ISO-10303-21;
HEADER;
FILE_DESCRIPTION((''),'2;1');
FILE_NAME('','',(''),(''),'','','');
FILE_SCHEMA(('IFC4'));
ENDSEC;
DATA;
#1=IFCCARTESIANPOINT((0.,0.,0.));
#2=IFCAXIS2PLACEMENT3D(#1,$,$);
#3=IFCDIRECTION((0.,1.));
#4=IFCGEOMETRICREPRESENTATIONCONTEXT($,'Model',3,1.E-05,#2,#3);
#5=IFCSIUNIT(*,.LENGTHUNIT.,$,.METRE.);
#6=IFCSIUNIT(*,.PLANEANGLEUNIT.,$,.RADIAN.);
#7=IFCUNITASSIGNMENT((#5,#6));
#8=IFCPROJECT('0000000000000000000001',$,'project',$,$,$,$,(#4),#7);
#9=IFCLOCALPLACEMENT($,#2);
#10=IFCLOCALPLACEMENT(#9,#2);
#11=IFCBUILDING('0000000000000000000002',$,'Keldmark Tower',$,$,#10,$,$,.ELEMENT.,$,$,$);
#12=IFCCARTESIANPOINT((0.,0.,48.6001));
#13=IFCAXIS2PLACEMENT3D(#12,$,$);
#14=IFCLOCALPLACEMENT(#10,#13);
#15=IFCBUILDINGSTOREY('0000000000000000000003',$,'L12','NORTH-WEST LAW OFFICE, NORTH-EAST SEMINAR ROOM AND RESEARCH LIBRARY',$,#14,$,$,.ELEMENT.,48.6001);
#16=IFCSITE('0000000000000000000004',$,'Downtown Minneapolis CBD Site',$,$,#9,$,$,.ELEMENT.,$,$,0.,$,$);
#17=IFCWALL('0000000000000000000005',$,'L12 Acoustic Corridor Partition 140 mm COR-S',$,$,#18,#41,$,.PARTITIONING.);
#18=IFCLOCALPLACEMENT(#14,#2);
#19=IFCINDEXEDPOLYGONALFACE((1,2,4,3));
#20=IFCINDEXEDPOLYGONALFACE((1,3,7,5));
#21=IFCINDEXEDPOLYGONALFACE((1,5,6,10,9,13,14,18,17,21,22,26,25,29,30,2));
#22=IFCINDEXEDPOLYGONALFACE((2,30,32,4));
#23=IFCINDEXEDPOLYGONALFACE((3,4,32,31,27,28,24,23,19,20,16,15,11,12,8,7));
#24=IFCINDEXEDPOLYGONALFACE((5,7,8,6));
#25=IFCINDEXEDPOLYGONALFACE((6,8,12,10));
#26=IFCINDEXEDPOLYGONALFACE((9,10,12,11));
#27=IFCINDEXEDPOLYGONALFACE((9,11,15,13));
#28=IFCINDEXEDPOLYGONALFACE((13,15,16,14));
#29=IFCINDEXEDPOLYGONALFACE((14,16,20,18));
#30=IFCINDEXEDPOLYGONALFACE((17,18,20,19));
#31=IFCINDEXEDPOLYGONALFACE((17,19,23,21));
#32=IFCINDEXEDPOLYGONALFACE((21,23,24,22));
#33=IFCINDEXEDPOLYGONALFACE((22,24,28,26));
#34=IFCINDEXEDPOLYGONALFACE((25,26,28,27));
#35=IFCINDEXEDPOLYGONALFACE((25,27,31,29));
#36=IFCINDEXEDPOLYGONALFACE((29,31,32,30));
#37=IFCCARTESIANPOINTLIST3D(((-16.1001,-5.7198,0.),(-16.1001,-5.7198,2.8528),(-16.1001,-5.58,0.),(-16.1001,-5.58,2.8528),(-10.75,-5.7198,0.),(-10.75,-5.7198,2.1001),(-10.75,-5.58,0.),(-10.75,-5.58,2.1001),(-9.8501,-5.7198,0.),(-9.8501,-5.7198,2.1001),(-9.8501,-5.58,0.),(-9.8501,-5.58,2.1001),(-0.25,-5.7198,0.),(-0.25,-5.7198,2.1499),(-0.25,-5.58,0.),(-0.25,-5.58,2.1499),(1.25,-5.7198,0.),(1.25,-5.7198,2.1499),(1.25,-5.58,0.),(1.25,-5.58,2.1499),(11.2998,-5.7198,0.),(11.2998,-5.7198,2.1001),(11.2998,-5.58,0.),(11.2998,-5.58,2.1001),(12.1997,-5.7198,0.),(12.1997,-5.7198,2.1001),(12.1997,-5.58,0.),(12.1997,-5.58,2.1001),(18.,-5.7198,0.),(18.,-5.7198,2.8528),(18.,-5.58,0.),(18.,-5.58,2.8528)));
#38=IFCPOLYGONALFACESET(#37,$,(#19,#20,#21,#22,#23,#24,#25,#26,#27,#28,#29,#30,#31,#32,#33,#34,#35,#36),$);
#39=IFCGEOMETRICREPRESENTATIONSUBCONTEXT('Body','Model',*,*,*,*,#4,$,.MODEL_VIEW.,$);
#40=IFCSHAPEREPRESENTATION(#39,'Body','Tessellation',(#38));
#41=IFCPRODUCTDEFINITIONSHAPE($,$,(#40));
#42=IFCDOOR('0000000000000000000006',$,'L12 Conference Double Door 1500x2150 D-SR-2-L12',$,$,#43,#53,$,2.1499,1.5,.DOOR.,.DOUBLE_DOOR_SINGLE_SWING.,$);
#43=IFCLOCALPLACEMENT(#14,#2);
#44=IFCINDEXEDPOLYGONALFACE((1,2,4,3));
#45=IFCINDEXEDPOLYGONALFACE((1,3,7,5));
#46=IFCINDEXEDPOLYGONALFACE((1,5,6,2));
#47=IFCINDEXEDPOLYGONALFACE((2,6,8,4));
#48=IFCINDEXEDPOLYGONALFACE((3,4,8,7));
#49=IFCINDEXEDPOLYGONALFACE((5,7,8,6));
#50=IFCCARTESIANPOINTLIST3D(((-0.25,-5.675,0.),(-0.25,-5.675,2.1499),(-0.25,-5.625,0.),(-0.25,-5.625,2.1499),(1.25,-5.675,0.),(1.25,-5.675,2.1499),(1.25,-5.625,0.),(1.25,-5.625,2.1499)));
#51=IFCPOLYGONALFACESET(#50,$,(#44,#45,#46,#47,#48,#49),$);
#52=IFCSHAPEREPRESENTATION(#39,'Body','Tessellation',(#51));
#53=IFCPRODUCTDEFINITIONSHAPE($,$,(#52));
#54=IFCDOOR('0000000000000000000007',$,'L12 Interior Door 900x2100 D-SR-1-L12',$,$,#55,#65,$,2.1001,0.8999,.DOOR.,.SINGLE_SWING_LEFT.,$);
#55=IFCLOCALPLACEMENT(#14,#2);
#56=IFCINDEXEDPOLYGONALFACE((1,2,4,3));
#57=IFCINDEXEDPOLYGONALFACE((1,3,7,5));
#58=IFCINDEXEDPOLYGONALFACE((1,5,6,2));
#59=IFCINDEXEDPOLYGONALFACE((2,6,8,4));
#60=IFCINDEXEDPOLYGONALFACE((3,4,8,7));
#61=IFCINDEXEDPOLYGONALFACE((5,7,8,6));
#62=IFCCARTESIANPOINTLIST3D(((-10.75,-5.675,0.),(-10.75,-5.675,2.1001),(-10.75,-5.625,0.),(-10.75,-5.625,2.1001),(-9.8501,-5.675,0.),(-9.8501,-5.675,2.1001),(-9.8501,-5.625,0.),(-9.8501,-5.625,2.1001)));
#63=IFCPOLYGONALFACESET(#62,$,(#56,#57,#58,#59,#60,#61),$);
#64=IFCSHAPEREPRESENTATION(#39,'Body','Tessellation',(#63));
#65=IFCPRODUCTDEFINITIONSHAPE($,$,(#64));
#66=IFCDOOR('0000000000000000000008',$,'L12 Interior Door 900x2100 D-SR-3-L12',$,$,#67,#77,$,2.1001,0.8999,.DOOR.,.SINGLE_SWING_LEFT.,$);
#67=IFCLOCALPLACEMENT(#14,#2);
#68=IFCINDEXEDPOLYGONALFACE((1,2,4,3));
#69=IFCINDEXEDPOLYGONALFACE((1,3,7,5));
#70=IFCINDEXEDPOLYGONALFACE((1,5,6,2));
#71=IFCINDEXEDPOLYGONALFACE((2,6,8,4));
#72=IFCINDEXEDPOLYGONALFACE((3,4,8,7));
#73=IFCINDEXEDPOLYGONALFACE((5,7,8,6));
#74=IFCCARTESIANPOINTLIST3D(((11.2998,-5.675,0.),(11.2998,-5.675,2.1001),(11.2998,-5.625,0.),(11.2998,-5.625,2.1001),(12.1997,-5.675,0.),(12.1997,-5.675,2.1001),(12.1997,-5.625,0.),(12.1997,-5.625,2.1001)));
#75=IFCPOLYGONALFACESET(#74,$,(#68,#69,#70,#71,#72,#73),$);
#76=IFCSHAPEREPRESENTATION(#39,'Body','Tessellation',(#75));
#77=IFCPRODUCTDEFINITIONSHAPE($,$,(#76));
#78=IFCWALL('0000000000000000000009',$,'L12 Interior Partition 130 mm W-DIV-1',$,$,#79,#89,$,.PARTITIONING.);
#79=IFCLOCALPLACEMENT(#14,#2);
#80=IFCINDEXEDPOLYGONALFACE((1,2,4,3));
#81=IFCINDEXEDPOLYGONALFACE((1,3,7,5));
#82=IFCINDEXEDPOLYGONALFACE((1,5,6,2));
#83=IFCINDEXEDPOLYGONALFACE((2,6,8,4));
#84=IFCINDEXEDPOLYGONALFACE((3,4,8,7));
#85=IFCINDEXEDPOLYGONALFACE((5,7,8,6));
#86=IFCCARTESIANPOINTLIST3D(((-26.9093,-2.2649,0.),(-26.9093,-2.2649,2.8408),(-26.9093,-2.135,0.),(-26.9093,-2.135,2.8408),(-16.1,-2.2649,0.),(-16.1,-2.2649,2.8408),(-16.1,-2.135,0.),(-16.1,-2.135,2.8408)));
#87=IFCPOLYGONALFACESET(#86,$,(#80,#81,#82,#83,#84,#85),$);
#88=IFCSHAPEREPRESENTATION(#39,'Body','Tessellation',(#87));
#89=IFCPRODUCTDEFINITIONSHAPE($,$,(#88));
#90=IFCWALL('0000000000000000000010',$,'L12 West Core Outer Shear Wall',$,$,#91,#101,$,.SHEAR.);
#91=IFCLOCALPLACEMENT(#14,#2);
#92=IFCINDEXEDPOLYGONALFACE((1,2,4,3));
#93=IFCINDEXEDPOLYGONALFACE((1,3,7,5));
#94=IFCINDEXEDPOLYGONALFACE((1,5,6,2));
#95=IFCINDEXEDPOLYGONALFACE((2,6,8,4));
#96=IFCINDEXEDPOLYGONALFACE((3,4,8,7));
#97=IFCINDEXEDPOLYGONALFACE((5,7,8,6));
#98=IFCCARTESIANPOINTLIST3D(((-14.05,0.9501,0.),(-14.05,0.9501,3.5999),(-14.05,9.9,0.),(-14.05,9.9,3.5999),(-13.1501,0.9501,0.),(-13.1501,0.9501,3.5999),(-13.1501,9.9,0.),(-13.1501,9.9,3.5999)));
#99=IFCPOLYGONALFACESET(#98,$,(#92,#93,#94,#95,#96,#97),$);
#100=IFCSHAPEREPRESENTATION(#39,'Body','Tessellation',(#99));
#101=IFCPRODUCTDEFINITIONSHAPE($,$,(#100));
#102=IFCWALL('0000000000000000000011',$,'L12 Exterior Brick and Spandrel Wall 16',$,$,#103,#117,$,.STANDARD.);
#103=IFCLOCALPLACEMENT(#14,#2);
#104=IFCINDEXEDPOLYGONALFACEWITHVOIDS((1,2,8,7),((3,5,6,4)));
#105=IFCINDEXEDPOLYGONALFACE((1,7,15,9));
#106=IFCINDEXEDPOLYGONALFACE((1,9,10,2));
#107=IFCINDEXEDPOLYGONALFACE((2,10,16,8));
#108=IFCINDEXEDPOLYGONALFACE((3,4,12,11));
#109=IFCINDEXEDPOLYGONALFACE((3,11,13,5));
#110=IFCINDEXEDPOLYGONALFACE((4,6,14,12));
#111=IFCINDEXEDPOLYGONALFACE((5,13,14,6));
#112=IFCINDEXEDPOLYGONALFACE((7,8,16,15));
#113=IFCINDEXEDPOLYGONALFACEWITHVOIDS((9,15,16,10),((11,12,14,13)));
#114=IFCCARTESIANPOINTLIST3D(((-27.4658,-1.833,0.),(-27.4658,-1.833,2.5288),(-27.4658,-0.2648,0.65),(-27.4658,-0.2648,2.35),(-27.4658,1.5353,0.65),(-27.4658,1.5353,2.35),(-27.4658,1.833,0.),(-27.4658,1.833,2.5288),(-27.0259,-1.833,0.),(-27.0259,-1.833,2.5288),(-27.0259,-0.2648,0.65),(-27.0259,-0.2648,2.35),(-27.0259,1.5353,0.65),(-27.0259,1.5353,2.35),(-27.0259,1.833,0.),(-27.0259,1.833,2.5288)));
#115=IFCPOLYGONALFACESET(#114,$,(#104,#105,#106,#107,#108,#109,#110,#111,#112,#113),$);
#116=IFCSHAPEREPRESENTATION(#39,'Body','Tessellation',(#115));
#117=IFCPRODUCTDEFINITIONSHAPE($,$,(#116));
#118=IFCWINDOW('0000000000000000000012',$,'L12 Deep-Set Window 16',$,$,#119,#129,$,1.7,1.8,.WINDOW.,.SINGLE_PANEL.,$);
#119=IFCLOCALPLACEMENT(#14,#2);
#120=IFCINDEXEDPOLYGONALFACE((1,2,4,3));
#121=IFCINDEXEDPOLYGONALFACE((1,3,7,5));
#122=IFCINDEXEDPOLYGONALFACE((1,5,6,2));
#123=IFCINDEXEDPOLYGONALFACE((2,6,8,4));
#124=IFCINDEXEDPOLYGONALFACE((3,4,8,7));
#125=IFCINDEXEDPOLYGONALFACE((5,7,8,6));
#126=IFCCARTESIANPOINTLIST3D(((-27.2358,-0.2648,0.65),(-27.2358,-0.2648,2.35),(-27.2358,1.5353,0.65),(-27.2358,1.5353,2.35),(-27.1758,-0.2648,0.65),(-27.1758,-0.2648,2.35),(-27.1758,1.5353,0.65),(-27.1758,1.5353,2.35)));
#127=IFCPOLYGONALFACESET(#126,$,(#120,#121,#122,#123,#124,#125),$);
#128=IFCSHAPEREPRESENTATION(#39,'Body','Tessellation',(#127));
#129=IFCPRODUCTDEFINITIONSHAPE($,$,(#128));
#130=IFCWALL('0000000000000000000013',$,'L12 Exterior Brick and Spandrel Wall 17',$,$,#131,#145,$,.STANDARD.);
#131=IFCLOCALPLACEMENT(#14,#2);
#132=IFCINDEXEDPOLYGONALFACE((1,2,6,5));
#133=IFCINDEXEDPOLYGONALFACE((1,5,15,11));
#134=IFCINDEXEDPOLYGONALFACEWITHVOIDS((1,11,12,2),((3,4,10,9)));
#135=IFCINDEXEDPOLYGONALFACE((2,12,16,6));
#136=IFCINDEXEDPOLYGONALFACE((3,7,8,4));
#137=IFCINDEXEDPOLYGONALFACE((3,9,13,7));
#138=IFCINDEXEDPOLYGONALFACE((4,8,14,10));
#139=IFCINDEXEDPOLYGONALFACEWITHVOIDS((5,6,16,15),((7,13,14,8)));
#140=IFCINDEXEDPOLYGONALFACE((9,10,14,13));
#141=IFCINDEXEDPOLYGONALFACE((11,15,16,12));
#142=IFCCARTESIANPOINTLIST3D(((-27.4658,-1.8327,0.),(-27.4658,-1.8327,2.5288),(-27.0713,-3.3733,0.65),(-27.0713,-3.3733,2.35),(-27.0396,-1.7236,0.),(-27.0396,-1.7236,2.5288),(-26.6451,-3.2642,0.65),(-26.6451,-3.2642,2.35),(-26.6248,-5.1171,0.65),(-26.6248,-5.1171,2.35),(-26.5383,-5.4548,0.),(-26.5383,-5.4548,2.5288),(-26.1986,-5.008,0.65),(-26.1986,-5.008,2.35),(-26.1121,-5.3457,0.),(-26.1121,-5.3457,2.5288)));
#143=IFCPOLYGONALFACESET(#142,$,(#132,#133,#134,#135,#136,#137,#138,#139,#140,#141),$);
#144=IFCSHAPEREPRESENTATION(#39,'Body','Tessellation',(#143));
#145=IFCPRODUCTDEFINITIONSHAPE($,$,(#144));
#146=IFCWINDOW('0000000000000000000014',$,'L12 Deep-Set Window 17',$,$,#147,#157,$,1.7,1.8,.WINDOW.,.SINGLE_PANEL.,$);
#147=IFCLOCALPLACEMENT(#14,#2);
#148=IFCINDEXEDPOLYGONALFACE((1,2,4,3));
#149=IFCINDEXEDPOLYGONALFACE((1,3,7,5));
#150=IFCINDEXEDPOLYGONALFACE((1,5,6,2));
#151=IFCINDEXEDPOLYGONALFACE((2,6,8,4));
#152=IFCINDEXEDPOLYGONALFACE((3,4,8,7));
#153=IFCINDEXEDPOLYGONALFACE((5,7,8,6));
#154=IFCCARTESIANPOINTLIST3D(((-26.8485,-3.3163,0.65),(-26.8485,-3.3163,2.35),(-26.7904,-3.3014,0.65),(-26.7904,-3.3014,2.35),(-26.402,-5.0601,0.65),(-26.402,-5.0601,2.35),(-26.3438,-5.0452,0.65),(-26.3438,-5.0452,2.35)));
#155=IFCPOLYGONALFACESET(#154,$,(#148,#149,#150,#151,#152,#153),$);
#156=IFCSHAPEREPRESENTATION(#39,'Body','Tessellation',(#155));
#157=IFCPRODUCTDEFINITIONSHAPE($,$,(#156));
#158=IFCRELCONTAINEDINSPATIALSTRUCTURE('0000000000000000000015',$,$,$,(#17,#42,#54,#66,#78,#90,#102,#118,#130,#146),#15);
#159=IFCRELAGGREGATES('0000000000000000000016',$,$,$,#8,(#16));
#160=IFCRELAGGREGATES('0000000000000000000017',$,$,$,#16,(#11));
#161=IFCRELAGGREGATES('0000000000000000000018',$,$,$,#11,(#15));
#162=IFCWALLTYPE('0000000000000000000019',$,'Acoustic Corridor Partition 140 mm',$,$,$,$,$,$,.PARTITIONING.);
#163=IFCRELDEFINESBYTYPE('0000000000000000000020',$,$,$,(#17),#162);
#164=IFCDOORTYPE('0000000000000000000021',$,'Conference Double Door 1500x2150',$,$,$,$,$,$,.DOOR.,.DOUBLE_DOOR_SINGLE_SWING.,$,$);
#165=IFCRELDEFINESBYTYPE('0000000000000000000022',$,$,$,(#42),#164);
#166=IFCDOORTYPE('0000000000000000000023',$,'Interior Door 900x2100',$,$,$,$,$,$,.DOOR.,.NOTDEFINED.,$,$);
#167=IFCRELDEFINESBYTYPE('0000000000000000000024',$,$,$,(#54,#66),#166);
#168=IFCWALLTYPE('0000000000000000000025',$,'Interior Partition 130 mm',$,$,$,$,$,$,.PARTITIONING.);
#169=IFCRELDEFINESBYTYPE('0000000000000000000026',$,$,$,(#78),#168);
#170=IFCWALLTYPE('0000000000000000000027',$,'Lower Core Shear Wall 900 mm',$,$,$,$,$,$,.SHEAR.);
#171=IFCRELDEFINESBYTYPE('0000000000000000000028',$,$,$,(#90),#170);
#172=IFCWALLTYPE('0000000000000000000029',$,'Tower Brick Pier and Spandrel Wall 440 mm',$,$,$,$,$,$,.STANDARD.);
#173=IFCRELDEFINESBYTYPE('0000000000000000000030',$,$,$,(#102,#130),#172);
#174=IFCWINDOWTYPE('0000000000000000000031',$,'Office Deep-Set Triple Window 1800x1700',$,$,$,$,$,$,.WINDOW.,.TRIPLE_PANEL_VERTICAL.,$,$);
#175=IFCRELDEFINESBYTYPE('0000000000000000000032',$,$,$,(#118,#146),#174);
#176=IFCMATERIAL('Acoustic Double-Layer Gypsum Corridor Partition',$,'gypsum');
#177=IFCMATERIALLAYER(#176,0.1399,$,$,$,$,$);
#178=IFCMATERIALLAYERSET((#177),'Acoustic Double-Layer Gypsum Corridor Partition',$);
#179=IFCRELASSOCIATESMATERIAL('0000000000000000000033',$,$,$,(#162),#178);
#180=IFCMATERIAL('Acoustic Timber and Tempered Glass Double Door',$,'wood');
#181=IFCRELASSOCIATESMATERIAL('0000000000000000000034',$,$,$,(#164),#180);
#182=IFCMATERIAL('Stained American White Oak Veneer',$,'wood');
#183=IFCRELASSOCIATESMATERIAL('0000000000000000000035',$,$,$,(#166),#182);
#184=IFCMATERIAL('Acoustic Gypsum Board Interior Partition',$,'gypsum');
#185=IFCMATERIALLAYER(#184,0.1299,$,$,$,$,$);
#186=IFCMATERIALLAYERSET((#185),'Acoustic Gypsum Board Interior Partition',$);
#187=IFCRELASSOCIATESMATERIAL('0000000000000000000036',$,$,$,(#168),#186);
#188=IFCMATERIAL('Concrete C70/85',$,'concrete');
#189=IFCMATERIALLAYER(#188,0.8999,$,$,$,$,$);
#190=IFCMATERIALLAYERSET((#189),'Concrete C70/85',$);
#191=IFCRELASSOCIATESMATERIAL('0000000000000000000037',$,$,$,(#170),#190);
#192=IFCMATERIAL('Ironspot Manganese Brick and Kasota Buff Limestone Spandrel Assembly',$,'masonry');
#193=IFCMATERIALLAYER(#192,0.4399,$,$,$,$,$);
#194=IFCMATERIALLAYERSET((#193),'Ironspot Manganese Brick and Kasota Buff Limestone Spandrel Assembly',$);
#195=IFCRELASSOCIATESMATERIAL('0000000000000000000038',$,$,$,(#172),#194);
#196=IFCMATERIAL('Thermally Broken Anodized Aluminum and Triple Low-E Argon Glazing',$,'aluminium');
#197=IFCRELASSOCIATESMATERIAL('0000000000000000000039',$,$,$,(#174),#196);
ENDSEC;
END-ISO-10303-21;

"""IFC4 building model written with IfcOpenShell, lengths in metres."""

from ifc_helpers import new_model, si_unit, direction, frame, frame_2d, origin, place, context, subcontext, project, spatial, rectangle, extrude, material, layer, layer_set, type_object, element, fill, save


model = new_model("IFC4")

# Units and contexts
model_context = context("Model", 3, precision=1e-05, world=origin(), true_north=direction((0.0, 1.0)))
body_context = subcontext(model_context, "Body", "Model", "MODEL_VIEW")
ifc_project = project(units=[si_unit("LENGTHUNIT", "METRE"), si_unit("PLANEANGLEUNIT", "RADIAN")], contexts=[model_context])

# Site, building, storey
site_placement = place(None, origin())
site = spatial("IfcSite", under=ifc_project, at=site_placement, Name="Downtown Minneapolis CBD Site", CompositionType="ELEMENT", RefElevation=0.0)
building_placement = place(site_placement, origin())
building = spatial("IfcBuilding", under=site, at=building_placement, Name="Keldmark Tower", CompositionType="ELEMENT")
storey_placement = place(building_placement, frame((0.0, 0.0, 48.6001)))
storey = spatial("IfcBuildingStorey", under=building, at=storey_placement, Name="L12", Description="NORTH-WEST LAW OFFICE, NORTH-EAST SEMINAR ROOM AND RESEARCH LIBRARY", CompositionType="ELEMENT", Elevation=48.6001)

# Wall, openings, doors
ifc_material_1 = material(Name="Acoustic Double-Layer Gypsum Corridor Partition", Category="gypsum")
ifc_layer_1 = layer(ifc_material_1, 0.1399)
ifc_layer_set_1 = layer_set([ifc_layer_1], Name="Acoustic Double-Layer Gypsum Corridor Partition")
wall_type_1 = type_object("IfcWallType", Name="Acoustic Corridor Partition 140 mm", PredefinedType="PARTITIONING", material=ifc_layer_set_1)
wall_1_placement = place(storey_placement, frame((-16.1001, -5.6499, 0.0), z_axis=(0.0, 0.0, 1.0), x_axis=(1.0, 0.0, 0.0)))
wall_1 = element("IfcWall", 1, at=wall_1_placement, inside=storey, type_object=wall_type_1, Name="L12 Acoustic Corridor Partition 140 mm COR-S", PredefinedType="PARTITIONING", context=body_context, shape_type="SweptSolid", body=[
    extrude(rectangle(XDim=34.1001, YDim=0.1399, at=frame_2d((17.05, 0.0))), origin(), (0.0, 0.0, 1.0), 2.8528),
])
opening_1_placement = place(wall_1_placement, frame((5.3501, 0.0, 0.0)))
opening_1 = element("IfcOpeningElement", 2, at=opening_1_placement, cuts=wall_1, PredefinedType="OPENING", context=body_context, shape_type="SweptSolid", body=[
    extrude(rectangle(XDim=0.8999, YDim=2.1001, at=frame_2d((0.45, 1.05))), frame((0.0, 0.0798, 0.0), z_axis=(0.0, -1.0, 0.0), x_axis=(1.0, 0.0, 0.0)), (0.0, 0.0, 1.0), 0.1599),
])
opening_2_placement = place(wall_1_placement, frame((15.8501, 0.0, 0.0)))
opening_2 = element("IfcOpeningElement", 3, at=opening_2_placement, cuts=wall_1, PredefinedType="OPENING", context=body_context, shape_type="SweptSolid", body=[
    extrude(rectangle(XDim=1.5, YDim=2.1499, at=frame_2d((0.75, 1.075))), frame((0.0, 0.0798, 0.0), z_axis=(0.0, -1.0, 0.0), x_axis=(1.0, 0.0, 0.0)), (0.0, 0.0, 1.0), 0.1599),
])
opening_3_placement = place(wall_1_placement, frame((27.3999, 0.0, 0.0)))
opening_3 = element("IfcOpeningElement", 4, at=opening_3_placement, cuts=wall_1, PredefinedType="OPENING", context=body_context, shape_type="SweptSolid", body=[
    extrude(rectangle(XDim=0.8999, YDim=2.1001, at=frame_2d((0.45, 1.05))), frame((0.0, 0.0798, 0.0), z_axis=(0.0, -1.0, 0.0), x_axis=(1.0, 0.0, 0.0)), (0.0, 0.0, 1.0), 0.1599),
])
ifc_material_2 = material(Name="Acoustic Timber and Tempered Glass Double Door", Category="wood")
door_type_1 = type_object("IfcDoorType", Name="Conference Double Door 1500x2150", OperationType="DOUBLE_DOOR_SINGLE_SWING", PredefinedType="DOOR", material=ifc_material_2)
door_1_placement = place(opening_2_placement, origin())
door_1 = element("IfcDoor", 5, at=door_1_placement, inside=storey, type_object=door_type_1, Name="L12 Conference Double Door 1500x2150 D-SR-2-L12", OperationType="DOUBLE_DOOR_SINGLE_SWING", OverallHeight=2.1499, OverallWidth=1.5, PredefinedType="DOOR", context=body_context, shape_type="SweptSolid", body=[
    extrude(rectangle(XDim=1.5, YDim=2.1499, at=frame_2d((0.75, 1.075))), frame((0.0, 0.0249, 0.0), z_axis=(0.0, -1.0, 0.0), x_axis=(1.0, 0.0, 0.0)), (0.0, 0.0, 1.0), 0.05),
])
fill(opening_2, door_1)
ifc_material_3 = material(Name="Stained American White Oak Veneer", Category="wood")
door_type_2 = type_object("IfcDoorType", Name="Interior Door 900x2100", OperationType="NOTDEFINED", PredefinedType="DOOR", material=ifc_material_3)
door_2_placement = place(opening_1_placement, origin())
door_2 = element("IfcDoor", 6, at=door_2_placement, inside=storey, type_object=door_type_2, Name="L12 Interior Door 900x2100 D-SR-1-L12", OperationType="SINGLE_SWING_LEFT", OverallHeight=2.1001, OverallWidth=0.8999, PredefinedType="DOOR", context=body_context, shape_type="SweptSolid", body=[
    extrude(rectangle(XDim=0.8999, YDim=2.1001, at=frame_2d((0.45, 1.05))), frame((0.0, 0.0249, 0.0), z_axis=(0.0, -1.0, 0.0), x_axis=(1.0, 0.0, 0.0)), (0.0, 0.0, 1.0), 0.05),
])
fill(opening_1, door_2)
door_3_placement = place(opening_3_placement, origin())
door_3 = element("IfcDoor", 7, at=door_3_placement, inside=storey, type_object=door_type_2, Name="L12 Interior Door 900x2100 D-SR-3-L12", OperationType="SINGLE_SWING_LEFT", OverallHeight=2.1001, OverallWidth=0.8999, PredefinedType="DOOR", context=body_context, shape_type="SweptSolid", body=[
    extrude(rectangle(XDim=0.8999, YDim=2.1001, at=frame_2d((0.45, 1.05))), frame((0.0, 0.0249, 0.0), z_axis=(0.0, -1.0, 0.0), x_axis=(1.0, 0.0, 0.0)), (0.0, 0.0, 1.0), 0.05),
])
fill(opening_3, door_3)

# Walls
ifc_material_4 = material(Name="Acoustic Gypsum Board Interior Partition", Category="gypsum")
ifc_layer_2 = layer(ifc_material_4, 0.1299)
ifc_layer_set_2 = layer_set([ifc_layer_2], Name="Acoustic Gypsum Board Interior Partition")
wall_type_2 = type_object("IfcWallType", Name="Interior Partition 130 mm", PredefinedType="PARTITIONING", material=ifc_layer_set_2)
wall_2_placement = place(storey_placement, frame((-26.9094, -2.2, 0.0), z_axis=(0.0, 0.0, 1.0), x_axis=(1.0, 0.0, 0.0)))
element("IfcWall", 8, at=wall_2_placement, inside=storey, type_object=wall_type_2, Name="L12 Interior Partition 130 mm W-DIV-1", PredefinedType="PARTITIONING", context=body_context, shape_type="SweptSolid", body=[
    extrude(rectangle(XDim=10.8093, YDim=0.1299, at=frame_2d((5.4048, 0.0))), origin(), (0.0, 0.0, 1.0), 2.8408),
])
ifc_material_5 = material(Name="Concrete C70/85", Category="concrete")
ifc_layer_3 = layer(ifc_material_5, 0.8999)
ifc_layer_set_3 = layer_set([ifc_layer_3], Name="Concrete C70/85")
wall_type_3 = type_object("IfcWallType", Name="Lower Core Shear Wall 900 mm", PredefinedType="SHEAR", material=ifc_layer_set_3)
wall_3_placement = place(storey_placement, frame((-13.6001, 0.95, 0.0), z_axis=(0.0, 0.0, 1.0), x_axis=(0.0, 1.0, 0.0)))
element("IfcWall", 9, at=wall_3_placement, inside=storey, type_object=wall_type_3, Name="L12 West Core Outer Shear Wall", PredefinedType="SHEAR", context=body_context, shape_type="SweptSolid", body=[
    extrude(rectangle(XDim=8.95, YDim=0.8999, at=frame_2d((4.4751, 0.0))), origin(), (0.0, 0.0, 1.0), 3.5999),
])

# Walls, openings, windows
ifc_material_6 = material(Name="Ironspot Manganese Brick and Kasota Buff Limestone Spandrel Assembly", Category="masonry")
ifc_layer_4 = layer(ifc_material_6, 0.4399)
ifc_layer_set_4 = layer_set([ifc_layer_4], Name="Ironspot Manganese Brick and Kasota Buff Limestone Spandrel Assembly")
wall_type_4 = type_object("IfcWallType", Name="Tower Brick Pier and Spandrel Wall 440 mm", PredefinedType="STANDARD", material=ifc_layer_set_4)
wall_4_placement = place(storey_placement, frame((-27.2458, -1.833, 0.0), z_axis=(0.0, 0.0, 1.0), x_axis=(0.0, 1.0, 0.0)))
wall_4 = element("IfcWall", 10, at=wall_4_placement, inside=storey, type_object=wall_type_4, Name="L12 Exterior Brick and Spandrel Wall 16", PredefinedType="STANDARD", context=body_context, shape_type="SweptSolid", body=[
    extrude(rectangle(XDim=3.666, YDim=0.4399, at=frame_2d((1.833, 0.0))), origin(), (0.0, 0.0, 1.0), 2.5288),
])
opening_4_placement = place(wall_4_placement, frame((1.5684, 0.0, 0.6499)))
opening_4 = element("IfcOpeningElement", 11, at=opening_4_placement, cuts=wall_4, PredefinedType="OPENING", context=body_context, shape_type="SweptSolid", body=[
    extrude(rectangle(XDim=1.8, YDim=1.7, at=frame_2d((0.8999, 0.8501))), frame((0.0, 0.23, 0.0), z_axis=(0.0, -1.0, 0.0), x_axis=(1.0, 0.0, 0.0)), (0.0, 0.0, 1.0), 0.46),
])
ifc_material_7 = material(Name="Thermally Broken Anodized Aluminum and Triple Low-E Argon Glazing", Category="aluminium")
window_type = type_object("IfcWindowType", Name="Office Deep-Set Triple Window 1800x1700", PartitioningType="TRIPLE_PANEL_VERTICAL", PredefinedType="WINDOW", material=ifc_material_7)
window_1_placement = place(opening_4_placement, origin())
window_1 = element("IfcWindow", 12, at=window_1_placement, inside=storey, type_object=window_type, Name="L12 Deep-Set Window 16", OverallHeight=1.7, OverallWidth=1.8, PartitioningType="SINGLE_PANEL", PredefinedType="WINDOW", context=body_context, shape_type="SweptSolid", body=[
    extrude(rectangle(XDim=1.8, YDim=1.7, at=frame_2d((0.8999, 0.8501))), frame((0.0, -0.01, 0.0), z_axis=(0.0, -1.0, 0.0), x_axis=(1.0, 0.0, 0.0)), (0.0, 0.0, 1.0), 0.0601),
])
fill(opening_4, window_1)
wall_5_placement = place(storey_placement, frame((-26.3252, -5.4004, 0.0), z_axis=(0.0, 0.0, 1.0), x_axis=(-0.248063, 0.968744, 0.0)))
wall_5 = element("IfcWall", 13, at=wall_5_placement, inside=storey, type_object=wall_type_4, Name="L12 Exterior Brick and Spandrel Wall 17", PredefinedType="STANDARD", context=body_context, shape_type="SweptSolid", body=[
    extrude(rectangle(XDim=3.739, YDim=0.4399, at=frame_2d((1.8696, 0.0))), origin(), (0.0, 0.0, 1.0), 2.5288),
])
opening_5_placement = place(wall_5_placement, frame((0.3489, 0.0, 0.6499)))
opening_5 = element("IfcOpeningElement", 14, at=opening_5_placement, cuts=wall_5, PredefinedType="OPENING", context=body_context, shape_type="SweptSolid", body=[
    extrude(rectangle(XDim=1.8, YDim=1.7, at=frame_2d((0.8999, 0.8501))), frame((0.0, 0.23, 0.0), z_axis=(0.0, -1.0, 0.0), x_axis=(1.0, 0.0, 0.0)), (0.0, 0.0, 1.0), 0.46),
])
window_2_placement = place(opening_5_placement, origin())
window_2 = element("IfcWindow", 15, at=window_2_placement, inside=storey, type_object=window_type, Name="L12 Deep-Set Window 17", OverallHeight=1.7, OverallWidth=1.8, PartitioningType="SINGLE_PANEL", PredefinedType="WINDOW", context=body_context, shape_type="SweptSolid", body=[
    extrude(rectangle(XDim=1.8, YDim=1.7, at=frame_2d((0.8999, 0.8501))), frame((0.0, -0.01, 0.0), z_axis=(0.0, -1.0, 0.0), x_axis=(1.0, 0.0, 0.0)), (0.0, 0.0, 1.0), 0.0601),
])
fill(opening_5, window_2)

save(model, "model.ifc")
